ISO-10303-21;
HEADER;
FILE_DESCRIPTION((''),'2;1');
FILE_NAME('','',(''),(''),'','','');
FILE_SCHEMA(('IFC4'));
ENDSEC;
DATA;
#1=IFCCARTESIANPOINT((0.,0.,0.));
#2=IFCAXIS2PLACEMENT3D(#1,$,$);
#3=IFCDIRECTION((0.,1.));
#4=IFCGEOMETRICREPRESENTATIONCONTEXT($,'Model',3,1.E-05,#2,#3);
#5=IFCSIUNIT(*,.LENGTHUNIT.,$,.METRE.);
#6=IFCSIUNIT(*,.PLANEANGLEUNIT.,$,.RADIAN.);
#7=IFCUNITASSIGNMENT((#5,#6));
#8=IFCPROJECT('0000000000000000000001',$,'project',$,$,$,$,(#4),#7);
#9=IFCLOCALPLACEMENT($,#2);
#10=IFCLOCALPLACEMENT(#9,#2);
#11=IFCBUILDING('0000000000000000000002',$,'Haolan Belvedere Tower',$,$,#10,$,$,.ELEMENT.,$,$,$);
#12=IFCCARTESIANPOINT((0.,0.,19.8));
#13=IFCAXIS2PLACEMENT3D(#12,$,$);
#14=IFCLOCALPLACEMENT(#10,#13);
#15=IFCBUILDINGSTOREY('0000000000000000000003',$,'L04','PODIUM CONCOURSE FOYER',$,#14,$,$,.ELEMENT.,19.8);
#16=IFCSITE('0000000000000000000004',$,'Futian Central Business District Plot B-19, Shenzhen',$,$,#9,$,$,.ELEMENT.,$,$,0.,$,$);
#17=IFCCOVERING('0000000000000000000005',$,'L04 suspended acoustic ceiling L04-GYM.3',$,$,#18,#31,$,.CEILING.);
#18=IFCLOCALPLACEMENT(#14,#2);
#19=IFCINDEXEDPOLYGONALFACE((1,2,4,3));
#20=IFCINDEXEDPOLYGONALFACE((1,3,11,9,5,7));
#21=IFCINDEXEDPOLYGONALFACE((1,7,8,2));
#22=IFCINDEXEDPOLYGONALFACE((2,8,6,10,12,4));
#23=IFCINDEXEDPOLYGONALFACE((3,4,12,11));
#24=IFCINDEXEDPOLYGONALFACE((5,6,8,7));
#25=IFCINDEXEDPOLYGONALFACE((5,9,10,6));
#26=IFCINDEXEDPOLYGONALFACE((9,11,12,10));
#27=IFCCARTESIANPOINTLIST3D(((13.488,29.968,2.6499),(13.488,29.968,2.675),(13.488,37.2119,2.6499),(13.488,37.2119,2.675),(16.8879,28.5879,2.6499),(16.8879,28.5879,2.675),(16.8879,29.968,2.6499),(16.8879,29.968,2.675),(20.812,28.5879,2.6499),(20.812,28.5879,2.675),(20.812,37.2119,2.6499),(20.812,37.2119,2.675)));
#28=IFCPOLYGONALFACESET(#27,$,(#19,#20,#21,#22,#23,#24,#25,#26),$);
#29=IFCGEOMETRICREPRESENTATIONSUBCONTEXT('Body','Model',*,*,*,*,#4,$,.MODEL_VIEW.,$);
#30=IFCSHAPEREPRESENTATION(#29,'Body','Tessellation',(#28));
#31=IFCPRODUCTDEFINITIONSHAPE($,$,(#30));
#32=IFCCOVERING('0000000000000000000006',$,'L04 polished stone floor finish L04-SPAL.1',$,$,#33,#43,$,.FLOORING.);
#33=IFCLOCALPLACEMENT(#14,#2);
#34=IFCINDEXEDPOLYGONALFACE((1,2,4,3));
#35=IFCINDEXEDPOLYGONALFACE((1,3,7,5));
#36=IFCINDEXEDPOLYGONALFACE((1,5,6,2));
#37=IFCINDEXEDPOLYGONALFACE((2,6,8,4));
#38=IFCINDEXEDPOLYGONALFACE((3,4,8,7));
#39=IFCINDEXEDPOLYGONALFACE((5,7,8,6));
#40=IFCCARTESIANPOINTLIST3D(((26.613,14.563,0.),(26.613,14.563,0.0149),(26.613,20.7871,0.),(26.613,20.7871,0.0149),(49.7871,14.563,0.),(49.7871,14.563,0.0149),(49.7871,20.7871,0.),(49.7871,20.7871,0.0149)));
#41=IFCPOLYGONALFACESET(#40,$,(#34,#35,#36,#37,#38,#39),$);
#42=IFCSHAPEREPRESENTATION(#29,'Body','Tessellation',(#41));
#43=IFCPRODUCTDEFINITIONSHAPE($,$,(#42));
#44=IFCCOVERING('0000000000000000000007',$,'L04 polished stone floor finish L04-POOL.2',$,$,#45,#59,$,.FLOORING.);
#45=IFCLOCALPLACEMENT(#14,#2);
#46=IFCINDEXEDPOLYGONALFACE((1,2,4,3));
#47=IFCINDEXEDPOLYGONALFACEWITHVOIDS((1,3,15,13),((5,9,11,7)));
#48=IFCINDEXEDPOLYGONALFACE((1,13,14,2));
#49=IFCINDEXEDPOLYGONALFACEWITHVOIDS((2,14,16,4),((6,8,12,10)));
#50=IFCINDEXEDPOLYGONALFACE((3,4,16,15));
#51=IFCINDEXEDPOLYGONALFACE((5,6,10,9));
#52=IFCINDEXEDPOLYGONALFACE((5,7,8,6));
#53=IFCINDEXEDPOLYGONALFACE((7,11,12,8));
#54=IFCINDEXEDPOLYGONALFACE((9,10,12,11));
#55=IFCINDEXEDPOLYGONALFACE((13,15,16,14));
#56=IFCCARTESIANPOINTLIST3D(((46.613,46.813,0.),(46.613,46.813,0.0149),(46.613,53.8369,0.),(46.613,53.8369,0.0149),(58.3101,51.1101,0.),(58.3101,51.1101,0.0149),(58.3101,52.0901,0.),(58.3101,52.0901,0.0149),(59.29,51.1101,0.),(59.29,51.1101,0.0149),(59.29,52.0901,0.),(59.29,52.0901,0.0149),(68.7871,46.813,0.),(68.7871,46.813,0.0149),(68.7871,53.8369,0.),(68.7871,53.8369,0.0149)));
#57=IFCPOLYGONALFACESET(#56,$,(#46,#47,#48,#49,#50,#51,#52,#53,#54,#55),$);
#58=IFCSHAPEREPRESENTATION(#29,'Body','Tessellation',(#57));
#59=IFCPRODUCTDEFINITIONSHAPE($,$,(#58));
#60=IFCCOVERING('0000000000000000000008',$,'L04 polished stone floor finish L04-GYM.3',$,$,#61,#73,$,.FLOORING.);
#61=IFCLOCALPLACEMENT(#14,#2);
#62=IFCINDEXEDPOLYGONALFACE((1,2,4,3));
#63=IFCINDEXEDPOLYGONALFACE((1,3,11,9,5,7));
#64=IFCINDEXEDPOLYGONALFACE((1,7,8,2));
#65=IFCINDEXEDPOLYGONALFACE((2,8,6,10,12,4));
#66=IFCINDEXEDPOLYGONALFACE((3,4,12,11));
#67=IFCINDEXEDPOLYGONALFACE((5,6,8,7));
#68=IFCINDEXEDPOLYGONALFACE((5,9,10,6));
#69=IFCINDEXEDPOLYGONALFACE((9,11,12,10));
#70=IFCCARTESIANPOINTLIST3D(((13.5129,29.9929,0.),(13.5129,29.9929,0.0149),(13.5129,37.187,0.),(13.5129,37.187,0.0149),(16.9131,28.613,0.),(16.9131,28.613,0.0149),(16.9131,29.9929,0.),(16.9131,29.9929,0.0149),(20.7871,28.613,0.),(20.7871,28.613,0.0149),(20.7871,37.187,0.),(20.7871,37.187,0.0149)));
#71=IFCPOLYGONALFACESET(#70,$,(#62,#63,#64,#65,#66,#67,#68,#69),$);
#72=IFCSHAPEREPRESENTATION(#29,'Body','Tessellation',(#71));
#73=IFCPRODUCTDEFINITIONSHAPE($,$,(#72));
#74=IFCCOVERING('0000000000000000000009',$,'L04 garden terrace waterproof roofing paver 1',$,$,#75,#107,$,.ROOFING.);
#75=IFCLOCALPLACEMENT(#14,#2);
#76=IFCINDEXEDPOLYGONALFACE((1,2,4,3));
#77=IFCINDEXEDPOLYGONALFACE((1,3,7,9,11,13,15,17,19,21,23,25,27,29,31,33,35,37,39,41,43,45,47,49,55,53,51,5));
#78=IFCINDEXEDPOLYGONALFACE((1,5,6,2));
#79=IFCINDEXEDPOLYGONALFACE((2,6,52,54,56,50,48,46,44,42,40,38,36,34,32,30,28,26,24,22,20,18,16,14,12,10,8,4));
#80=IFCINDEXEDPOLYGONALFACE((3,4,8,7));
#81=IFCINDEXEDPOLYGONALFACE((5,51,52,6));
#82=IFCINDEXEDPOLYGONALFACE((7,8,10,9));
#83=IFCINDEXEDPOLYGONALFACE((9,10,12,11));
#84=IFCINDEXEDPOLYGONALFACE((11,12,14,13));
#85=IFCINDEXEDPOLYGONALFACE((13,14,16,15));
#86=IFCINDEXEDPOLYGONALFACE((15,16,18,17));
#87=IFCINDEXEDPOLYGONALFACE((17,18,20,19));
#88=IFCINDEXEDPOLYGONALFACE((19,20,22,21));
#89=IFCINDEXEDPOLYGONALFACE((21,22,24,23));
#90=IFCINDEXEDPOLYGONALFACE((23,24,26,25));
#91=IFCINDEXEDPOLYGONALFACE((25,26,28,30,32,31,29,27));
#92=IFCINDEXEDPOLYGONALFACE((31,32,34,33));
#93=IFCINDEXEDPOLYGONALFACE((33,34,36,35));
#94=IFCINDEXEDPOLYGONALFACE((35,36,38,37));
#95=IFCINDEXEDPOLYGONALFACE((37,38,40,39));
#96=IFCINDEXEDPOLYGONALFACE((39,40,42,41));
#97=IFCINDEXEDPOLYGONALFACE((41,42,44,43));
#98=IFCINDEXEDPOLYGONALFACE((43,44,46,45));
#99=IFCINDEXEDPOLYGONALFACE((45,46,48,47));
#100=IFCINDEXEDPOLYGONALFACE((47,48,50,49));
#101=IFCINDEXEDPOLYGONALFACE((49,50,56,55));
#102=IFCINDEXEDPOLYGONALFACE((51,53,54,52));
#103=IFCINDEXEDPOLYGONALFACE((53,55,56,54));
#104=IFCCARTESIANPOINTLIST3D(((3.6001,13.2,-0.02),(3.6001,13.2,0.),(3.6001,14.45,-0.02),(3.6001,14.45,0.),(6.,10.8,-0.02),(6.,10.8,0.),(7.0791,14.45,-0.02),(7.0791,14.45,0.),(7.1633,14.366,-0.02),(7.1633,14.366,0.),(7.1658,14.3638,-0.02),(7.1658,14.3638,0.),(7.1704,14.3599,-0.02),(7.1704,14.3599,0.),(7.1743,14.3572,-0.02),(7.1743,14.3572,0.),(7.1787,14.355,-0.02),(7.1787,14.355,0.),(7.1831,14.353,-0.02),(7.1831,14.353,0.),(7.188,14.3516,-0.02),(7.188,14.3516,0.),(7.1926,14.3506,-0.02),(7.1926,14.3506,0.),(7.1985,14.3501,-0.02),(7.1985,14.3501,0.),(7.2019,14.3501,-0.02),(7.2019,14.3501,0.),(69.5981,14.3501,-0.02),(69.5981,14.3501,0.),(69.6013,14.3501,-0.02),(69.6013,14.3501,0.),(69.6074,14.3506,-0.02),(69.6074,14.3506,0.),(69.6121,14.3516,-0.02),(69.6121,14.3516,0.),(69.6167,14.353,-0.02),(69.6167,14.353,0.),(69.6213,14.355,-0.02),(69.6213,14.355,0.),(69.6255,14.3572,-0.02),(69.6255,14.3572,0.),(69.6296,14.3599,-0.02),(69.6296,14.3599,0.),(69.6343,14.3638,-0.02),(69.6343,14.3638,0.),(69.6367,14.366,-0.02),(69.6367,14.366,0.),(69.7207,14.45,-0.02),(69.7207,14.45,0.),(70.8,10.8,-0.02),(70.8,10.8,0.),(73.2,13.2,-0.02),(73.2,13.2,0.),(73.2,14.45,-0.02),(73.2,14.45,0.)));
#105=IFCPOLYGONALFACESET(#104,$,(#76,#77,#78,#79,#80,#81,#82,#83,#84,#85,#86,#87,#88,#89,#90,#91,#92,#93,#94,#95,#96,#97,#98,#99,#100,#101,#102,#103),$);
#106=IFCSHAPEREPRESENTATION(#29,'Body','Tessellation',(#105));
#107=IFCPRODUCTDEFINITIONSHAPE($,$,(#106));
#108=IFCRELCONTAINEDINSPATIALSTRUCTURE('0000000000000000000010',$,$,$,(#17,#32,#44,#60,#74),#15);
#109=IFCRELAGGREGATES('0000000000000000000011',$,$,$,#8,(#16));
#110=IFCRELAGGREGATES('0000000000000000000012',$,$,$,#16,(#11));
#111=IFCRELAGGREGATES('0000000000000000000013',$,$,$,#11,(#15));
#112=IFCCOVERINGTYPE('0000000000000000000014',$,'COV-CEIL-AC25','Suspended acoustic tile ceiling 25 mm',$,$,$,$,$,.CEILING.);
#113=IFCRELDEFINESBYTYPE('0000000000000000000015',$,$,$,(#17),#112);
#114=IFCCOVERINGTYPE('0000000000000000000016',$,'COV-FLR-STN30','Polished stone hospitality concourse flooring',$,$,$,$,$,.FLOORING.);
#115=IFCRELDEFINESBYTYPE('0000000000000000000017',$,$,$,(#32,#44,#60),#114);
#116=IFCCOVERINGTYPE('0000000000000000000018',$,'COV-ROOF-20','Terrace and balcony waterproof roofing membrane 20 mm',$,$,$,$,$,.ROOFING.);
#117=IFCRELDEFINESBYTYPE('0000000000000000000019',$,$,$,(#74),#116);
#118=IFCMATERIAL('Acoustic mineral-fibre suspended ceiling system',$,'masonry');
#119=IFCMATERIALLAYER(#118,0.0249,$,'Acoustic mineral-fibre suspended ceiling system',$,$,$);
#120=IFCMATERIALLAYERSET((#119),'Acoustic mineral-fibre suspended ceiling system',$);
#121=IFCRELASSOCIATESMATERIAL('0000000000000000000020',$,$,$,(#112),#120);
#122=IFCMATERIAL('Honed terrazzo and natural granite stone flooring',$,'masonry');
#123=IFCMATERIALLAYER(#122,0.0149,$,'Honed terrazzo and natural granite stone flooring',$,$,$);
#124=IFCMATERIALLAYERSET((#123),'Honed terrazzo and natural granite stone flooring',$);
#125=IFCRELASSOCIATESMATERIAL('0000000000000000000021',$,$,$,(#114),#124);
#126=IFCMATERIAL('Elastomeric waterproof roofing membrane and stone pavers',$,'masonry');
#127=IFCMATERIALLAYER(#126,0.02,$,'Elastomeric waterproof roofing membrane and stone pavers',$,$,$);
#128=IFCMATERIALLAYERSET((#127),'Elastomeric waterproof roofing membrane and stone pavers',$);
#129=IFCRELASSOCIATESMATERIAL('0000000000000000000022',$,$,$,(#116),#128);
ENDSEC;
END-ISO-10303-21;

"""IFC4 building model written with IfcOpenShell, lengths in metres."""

from ifc_helpers import new_model, si_unit, direction, frame, origin, place, context, subcontext, project, spatial, polyline, outline, extrude, material, layer, layer_set, type_object, element, save


model = new_model("IFC4")

# Units and contexts
model_context = context("Model", 3, precision=1e-05, world=origin(), true_north=direction((0.0, 1.0)))
body_context = subcontext(model_context, "Body", "Model", "MODEL_VIEW")
ifc_project = project(units=[si_unit("LENGTHUNIT", "METRE"), si_unit("PLANEANGLEUNIT", "RADIAN")], contexts=[model_context])

# Site, building, storey
site_placement = place(None, origin())
site = spatial("IfcSite", under=ifc_project, at=site_placement, Name="Futian Central Business District Plot B-19, Shenzhen", CompositionType="ELEMENT", RefElevation=0.0)
building_placement = place(site_placement, origin())
building = spatial("IfcBuilding", under=site, at=building_placement, Name="Haolan Belvedere Tower", CompositionType="ELEMENT")
storey_placement = place(building_placement, frame((0.0, 0.0, 19.8)))
storey = spatial("IfcBuildingStorey", under=building, at=storey_placement, Name="L04", Description="PODIUM CONCOURSE FOYER", CompositionType="ELEMENT", Elevation=19.8)

# Coverings
ifc_material_1 = material(Name="Acoustic mineral-fibre suspended ceiling system", Category="masonry")
ifc_layer_1 = layer(ifc_material_1, 0.0249, Name="Acoustic mineral-fibre suspended ceiling system")
ifc_layer_set_1 = layer_set([ifc_layer_1], Name="Acoustic mineral-fibre suspended ceiling system")
covering_type_1 = type_object("IfcCoveringType", Name="COV-CEIL-AC25", Description="Suspended acoustic tile ceiling 25 mm", PredefinedType="CEILING", material=ifc_layer_set_1)
covering_1_placement = place(storey_placement, frame((0.0, 0.0, 2.6499)))
element("IfcCovering", 1, at=covering_1_placement, inside=storey, type_object=covering_type_1, Name="L04 suspended acoustic ceiling L04-GYM.3", PredefinedType="CEILING", context=body_context, shape_type="SweptSolid", body=[
    extrude(outline(polyline([(20.812, 28.5879), (20.812, 37.2119), (13.488, 37.2119), (13.488, 29.968), (16.8879, 29.968), (16.8879, 28.5879), (20.812, 28.5879)])), origin(), (0.0, 0.0, 1.0), 0.0251),
])
ifc_material_2 = material(Name="Honed terrazzo and natural granite stone flooring", Category="masonry")
ifc_layer_2 = layer(ifc_material_2, 0.0149, Name="Honed terrazzo and natural granite stone flooring")
ifc_layer_set_2 = layer_set([ifc_layer_2], Name="Honed terrazzo and natural granite stone flooring")
covering_type_2 = type_object("IfcCoveringType", Name="COV-FLR-STN30", Description="Polished stone hospitality concourse flooring", PredefinedType="FLOORING", material=ifc_layer_set_2)
covering_2_placement = place(storey_placement, origin())
element("IfcCovering", 2, at=covering_2_placement, inside=storey, type_object=covering_type_2, Name="L04 polished stone floor finish L04-SPAL.1", PredefinedType="FLOORING", context=body_context, shape_type="SweptSolid", body=[
    extrude(outline(polyline([(49.7871, 20.7871), (26.613, 20.7871), (26.613, 14.563), (49.7871, 14.563), (49.7871, 20.7871)])), origin(), (0.0, 0.0, 1.0), 0.0149),
])
covering_3_placement = place(storey_placement, origin())
element("IfcCovering", 3, at=covering_3_placement, inside=storey, type_object=covering_type_2, Name="L04 polished stone floor finish L04-POOL.2", PredefinedType="FLOORING", context=body_context, shape_type="SweptSolid", body=[
    extrude(outline(polyline([(68.7871, 53.8369), (46.613, 53.8369), (46.613, 46.813), (68.7871, 46.813), (68.7871, 53.8369)]), holes=[polyline([(58.3101, 52.0901), (59.29, 52.0901), (59.29, 51.1101), (58.3101, 51.1101), (58.3101, 52.0901)])]), origin(), (0.0, 0.0, 1.0), 0.0149),
])
covering_4_placement = place(storey_placement, origin())
element("IfcCovering", 4, at=covering_4_placement, inside=storey, type_object=covering_type_2, Name="L04 polished stone floor finish L04-GYM.3", PredefinedType="FLOORING", context=body_context, shape_type="SweptSolid", body=[
    extrude(outline(polyline([(20.7871, 37.187), (13.5129, 37.187), (13.5129, 29.9929), (16.9131, 29.9929), (16.9131, 28.613), (20.7871, 28.613), (20.7871, 37.187)])), origin(), (0.0, 0.0, 1.0), 0.0149),
])
ifc_material_3 = material(Name="Elastomeric waterproof roofing membrane and stone pavers", Category="masonry")
ifc_layer_3 = layer(ifc_material_3, 0.02, Name="Elastomeric waterproof roofing membrane and stone pavers")
ifc_layer_set_3 = layer_set([ifc_layer_3], Name="Elastomeric waterproof roofing membrane and stone pavers")
covering_type_3 = type_object("IfcCoveringType", Name="COV-ROOF-20", Description="Terrace and balcony waterproof roofing membrane 20 mm", PredefinedType="ROOFING", material=ifc_layer_set_3)
covering_5_placement = place(storey_placement, frame((0.0, 0.0, -0.02)))
element("IfcCovering", 5, at=covering_5_placement, inside=storey, type_object=covering_type_3, Name="L04 garden terrace waterproof roofing paver 1", PredefinedType="ROOFING", context=body_context, shape_type="SweptSolid", body=[
    extrude(outline(polyline([(73.2, 14.45), (69.7207, 14.45), (69.6367, 14.366), (69.6343, 14.3638), (69.6296, 14.3599), (69.6255, 14.3572), (69.6213, 14.355), (69.6167, 14.353), (69.6121, 14.3516), (69.6074, 14.3506), (69.6013, 14.3501), (69.5981, 14.3501), (7.2019, 14.3501), (7.1985, 14.3501), (7.1926, 14.3506), (7.188, 14.3516), (7.1831, 14.353), (7.1787, 14.355), (7.1743, 14.3572), (7.1704, 14.3599), (7.1658, 14.3638), (7.1633, 14.366), (7.0791, 14.45), (3.6001, 14.45), (3.6001, 13.2), (6.0, 10.8), (70.8, 10.8), (73.2, 13.2), (73.2, 14.45)])), origin(), (0.0, 0.0, 1.0), 0.02),
])

save(model, "model.ifc")
